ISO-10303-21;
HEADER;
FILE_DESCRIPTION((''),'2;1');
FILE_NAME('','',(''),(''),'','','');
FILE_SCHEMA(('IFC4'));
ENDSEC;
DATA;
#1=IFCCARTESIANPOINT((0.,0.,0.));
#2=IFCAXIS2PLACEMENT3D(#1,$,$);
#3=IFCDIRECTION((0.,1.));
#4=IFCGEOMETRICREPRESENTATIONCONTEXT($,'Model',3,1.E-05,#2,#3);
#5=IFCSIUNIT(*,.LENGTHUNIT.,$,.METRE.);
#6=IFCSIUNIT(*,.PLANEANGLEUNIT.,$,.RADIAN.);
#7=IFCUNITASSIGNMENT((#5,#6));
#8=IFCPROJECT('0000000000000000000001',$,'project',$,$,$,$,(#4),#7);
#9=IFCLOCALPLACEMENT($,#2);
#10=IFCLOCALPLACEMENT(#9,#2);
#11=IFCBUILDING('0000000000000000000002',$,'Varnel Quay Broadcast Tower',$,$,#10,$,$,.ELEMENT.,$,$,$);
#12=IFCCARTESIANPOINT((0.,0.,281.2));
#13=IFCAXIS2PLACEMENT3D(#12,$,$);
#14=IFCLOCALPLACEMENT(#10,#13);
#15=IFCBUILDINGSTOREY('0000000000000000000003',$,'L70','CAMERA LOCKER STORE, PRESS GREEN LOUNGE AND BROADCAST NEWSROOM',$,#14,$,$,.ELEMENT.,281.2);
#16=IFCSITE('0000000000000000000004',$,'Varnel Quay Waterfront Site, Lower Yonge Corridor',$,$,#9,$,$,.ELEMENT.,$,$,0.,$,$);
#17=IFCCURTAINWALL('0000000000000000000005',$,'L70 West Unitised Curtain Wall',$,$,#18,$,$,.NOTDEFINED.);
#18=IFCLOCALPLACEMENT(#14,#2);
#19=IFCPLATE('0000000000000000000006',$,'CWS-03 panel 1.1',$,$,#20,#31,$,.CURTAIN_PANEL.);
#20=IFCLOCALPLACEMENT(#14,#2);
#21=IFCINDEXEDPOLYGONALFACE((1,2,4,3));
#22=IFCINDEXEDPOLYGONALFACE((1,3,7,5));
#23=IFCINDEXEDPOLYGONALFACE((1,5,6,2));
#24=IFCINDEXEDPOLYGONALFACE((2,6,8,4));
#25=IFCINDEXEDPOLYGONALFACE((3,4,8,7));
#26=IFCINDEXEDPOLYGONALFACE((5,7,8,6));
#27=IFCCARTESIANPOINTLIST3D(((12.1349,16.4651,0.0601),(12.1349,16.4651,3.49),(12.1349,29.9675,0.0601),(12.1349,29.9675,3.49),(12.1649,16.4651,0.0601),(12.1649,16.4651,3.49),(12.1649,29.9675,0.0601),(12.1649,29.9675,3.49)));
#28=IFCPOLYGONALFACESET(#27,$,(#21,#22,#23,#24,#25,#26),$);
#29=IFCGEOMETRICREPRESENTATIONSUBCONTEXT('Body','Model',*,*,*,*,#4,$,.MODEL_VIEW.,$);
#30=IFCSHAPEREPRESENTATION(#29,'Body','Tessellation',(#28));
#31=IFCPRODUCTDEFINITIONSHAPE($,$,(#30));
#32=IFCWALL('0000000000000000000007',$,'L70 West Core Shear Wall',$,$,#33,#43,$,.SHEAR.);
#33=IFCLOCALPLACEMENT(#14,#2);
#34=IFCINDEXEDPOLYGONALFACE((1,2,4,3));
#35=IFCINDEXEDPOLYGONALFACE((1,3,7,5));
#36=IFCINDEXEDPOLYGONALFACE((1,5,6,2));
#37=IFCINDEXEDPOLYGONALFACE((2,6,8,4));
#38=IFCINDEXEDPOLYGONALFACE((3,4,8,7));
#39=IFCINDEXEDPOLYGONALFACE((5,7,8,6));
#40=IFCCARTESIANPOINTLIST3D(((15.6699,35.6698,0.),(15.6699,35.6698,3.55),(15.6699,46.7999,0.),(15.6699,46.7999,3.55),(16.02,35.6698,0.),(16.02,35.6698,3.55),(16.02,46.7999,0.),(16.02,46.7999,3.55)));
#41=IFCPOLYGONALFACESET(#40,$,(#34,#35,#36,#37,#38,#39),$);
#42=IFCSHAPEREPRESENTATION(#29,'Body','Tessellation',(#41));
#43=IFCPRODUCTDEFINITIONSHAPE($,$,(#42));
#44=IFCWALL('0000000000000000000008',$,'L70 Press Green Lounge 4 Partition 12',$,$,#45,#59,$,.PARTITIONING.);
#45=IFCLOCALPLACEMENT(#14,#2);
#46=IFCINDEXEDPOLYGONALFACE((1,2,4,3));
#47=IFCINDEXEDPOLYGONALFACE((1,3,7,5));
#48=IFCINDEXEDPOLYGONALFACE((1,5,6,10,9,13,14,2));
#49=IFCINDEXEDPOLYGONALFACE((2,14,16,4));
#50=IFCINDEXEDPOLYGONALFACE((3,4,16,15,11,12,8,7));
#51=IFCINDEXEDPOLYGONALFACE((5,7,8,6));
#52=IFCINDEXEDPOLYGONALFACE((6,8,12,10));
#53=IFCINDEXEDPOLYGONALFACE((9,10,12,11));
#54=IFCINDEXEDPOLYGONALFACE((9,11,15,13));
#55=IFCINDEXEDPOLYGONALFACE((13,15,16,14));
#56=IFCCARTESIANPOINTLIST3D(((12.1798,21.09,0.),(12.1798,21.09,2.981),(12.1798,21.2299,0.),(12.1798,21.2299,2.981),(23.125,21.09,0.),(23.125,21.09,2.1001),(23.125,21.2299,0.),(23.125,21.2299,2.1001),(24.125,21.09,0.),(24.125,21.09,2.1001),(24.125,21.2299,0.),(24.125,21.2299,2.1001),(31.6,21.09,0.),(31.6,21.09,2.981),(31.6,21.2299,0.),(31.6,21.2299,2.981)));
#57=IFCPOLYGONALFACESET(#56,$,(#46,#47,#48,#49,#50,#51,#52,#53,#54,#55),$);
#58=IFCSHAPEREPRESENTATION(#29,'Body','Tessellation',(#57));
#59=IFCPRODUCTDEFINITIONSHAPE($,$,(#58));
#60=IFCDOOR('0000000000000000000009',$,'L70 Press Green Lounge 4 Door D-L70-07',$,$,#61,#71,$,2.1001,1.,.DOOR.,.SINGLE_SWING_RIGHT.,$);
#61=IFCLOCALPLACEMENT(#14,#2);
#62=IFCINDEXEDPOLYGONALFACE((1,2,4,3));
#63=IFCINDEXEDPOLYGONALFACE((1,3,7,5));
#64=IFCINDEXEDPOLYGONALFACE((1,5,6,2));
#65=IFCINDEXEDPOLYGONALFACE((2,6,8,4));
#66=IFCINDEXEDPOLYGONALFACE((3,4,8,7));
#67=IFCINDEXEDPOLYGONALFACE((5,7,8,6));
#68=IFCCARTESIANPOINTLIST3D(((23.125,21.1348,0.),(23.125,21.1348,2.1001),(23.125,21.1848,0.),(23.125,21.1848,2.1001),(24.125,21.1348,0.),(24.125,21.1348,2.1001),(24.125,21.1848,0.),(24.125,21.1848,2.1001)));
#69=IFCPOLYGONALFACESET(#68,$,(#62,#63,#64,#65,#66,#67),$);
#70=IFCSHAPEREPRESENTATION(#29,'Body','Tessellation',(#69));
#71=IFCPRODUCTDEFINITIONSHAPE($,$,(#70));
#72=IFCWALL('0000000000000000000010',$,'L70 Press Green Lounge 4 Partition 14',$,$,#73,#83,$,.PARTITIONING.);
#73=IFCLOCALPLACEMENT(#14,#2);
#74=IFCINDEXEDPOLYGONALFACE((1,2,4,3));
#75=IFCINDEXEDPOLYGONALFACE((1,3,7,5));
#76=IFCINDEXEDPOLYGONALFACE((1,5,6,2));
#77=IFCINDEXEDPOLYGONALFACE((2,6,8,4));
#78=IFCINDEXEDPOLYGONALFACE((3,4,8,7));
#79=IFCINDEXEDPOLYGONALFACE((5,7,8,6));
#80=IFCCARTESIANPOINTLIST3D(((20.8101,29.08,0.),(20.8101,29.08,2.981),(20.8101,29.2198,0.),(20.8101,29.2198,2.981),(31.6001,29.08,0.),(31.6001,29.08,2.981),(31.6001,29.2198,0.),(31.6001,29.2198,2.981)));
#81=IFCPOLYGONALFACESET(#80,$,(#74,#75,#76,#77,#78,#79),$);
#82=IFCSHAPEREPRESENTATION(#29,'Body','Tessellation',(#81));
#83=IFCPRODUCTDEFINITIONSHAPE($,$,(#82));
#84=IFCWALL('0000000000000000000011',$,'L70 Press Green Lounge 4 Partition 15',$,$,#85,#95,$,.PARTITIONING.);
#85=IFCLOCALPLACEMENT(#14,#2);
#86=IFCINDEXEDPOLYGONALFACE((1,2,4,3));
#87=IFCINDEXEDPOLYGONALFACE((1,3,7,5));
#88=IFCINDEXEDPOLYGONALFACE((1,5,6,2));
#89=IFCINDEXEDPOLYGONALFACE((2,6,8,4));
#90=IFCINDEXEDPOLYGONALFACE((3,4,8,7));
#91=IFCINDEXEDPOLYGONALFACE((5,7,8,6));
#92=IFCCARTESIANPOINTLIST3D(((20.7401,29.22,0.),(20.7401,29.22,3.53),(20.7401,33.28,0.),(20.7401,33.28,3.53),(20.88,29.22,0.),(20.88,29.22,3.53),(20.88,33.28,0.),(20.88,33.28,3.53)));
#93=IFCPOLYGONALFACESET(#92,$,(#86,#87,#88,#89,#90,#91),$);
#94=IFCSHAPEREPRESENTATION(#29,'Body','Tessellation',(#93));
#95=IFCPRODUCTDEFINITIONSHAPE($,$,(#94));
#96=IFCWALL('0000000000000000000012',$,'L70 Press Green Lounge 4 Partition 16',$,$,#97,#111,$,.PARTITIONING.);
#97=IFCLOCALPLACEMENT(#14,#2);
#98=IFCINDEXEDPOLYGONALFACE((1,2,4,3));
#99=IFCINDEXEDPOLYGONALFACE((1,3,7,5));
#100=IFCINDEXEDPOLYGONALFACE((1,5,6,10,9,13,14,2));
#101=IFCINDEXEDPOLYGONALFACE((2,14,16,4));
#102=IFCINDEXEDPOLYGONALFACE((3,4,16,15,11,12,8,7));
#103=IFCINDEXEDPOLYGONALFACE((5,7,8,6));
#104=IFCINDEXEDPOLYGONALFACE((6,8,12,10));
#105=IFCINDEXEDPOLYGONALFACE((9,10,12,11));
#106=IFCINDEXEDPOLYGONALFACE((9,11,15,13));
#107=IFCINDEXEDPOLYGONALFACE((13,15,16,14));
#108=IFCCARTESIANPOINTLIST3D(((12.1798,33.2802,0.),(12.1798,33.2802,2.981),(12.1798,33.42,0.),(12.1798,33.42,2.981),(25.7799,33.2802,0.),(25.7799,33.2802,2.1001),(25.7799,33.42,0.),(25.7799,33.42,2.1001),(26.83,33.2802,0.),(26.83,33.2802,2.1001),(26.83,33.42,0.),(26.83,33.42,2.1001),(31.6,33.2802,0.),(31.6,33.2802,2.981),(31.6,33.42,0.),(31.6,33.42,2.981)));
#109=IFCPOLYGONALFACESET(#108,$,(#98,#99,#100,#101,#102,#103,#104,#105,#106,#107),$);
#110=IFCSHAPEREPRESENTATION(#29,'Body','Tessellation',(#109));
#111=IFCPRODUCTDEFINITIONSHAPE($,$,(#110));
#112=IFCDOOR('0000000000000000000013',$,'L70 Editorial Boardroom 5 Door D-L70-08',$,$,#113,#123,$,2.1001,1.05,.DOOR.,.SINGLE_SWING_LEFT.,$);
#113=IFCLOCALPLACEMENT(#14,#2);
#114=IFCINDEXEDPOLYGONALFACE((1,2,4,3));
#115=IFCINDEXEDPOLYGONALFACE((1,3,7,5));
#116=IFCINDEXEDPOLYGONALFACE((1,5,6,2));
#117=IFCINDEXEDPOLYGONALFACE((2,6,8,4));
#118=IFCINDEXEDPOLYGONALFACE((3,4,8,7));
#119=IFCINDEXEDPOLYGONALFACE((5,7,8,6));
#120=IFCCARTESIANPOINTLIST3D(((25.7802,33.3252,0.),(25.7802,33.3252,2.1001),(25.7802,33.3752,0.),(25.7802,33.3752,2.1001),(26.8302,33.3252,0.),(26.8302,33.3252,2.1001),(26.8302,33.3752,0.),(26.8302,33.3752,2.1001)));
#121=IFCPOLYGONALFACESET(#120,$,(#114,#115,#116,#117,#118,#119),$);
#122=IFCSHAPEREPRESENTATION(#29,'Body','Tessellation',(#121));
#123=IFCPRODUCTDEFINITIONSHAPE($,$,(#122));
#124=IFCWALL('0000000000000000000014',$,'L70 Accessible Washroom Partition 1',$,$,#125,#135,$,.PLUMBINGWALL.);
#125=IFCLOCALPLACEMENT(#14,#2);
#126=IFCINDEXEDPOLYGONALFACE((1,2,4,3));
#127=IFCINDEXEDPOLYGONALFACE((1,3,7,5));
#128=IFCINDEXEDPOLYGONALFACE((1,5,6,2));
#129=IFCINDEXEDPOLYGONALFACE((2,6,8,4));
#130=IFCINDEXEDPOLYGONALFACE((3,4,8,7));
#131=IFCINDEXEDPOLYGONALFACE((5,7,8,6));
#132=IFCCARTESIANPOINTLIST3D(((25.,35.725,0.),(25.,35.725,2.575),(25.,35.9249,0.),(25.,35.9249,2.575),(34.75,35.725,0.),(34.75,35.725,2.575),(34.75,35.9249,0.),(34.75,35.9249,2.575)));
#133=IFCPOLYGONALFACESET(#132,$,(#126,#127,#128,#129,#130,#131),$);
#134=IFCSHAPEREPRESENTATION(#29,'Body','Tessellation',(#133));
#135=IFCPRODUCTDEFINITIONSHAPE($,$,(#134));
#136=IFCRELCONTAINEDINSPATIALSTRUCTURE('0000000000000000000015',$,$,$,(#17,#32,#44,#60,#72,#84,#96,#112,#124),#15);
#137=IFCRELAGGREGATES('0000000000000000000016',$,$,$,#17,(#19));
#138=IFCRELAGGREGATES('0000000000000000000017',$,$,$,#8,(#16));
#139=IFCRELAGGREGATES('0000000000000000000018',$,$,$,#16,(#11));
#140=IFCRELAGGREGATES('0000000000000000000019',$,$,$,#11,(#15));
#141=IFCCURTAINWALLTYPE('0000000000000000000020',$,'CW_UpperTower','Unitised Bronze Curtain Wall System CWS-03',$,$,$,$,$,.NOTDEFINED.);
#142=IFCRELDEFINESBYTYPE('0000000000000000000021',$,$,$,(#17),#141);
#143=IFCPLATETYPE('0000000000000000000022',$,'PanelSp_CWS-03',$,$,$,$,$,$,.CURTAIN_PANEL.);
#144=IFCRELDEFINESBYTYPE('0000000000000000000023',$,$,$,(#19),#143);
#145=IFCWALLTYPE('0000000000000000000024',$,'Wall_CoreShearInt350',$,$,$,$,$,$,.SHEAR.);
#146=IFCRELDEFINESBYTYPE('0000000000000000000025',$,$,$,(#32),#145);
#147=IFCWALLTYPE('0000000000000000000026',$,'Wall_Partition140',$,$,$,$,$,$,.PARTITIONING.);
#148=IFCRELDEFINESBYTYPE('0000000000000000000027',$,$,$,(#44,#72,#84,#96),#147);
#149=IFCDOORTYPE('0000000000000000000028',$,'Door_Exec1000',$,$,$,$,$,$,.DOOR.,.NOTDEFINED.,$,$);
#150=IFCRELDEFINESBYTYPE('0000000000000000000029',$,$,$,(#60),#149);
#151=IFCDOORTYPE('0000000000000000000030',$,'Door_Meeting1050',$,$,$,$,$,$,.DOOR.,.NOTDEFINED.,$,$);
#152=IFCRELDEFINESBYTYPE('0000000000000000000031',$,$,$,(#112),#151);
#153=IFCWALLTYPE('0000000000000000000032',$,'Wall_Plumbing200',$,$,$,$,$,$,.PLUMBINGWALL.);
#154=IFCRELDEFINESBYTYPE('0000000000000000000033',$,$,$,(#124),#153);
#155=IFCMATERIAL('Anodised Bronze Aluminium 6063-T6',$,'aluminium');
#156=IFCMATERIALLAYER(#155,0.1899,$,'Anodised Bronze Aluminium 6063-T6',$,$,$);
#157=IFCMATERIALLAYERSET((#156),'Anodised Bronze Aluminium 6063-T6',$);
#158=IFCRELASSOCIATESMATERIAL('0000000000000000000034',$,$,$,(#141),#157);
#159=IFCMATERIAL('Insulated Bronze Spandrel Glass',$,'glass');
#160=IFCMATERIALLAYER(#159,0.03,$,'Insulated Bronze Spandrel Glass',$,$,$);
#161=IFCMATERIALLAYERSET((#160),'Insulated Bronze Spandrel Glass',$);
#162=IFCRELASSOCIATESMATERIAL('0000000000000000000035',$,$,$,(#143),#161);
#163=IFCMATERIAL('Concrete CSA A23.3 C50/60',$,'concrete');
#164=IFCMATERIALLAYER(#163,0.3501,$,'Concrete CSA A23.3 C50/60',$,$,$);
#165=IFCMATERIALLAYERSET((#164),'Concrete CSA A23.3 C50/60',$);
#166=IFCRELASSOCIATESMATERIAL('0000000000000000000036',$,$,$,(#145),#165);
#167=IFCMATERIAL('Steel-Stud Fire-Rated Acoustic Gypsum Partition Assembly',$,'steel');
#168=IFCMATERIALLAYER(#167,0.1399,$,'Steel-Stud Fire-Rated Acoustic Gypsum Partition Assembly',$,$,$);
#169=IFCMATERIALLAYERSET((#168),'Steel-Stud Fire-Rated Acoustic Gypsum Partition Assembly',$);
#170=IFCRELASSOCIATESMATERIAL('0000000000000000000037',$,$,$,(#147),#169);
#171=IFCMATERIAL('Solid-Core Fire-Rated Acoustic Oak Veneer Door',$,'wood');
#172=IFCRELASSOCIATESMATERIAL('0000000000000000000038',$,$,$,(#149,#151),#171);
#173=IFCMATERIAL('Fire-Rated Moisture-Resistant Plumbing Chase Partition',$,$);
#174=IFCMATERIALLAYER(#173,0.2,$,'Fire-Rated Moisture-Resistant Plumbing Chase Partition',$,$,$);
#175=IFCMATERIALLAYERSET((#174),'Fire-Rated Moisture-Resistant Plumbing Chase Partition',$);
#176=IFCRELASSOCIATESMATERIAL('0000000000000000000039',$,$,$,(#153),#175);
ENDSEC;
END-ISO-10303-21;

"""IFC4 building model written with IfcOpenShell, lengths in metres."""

from ifc_helpers import new_model, si_unit, direction, frame, frame_2d, origin, origin_2d, place, context, subcontext, project, spatial, rectangle, extrude, source, transform, mapped, material, layer, layer_set, type_object, type_shapes, element, fill, aggregate, save


model = new_model("IFC4")

# Units and contexts
model_context = context("Model", 3, precision=1e-05, world=origin(), true_north=direction((0.0, 1.0)))
body_context = subcontext(model_context, "Body", "Model", "MODEL_VIEW")
ifc_project = project(units=[si_unit("LENGTHUNIT", "METRE"), si_unit("PLANEANGLEUNIT", "RADIAN")], contexts=[model_context])

# Site, building, storey
site_placement = place(None, origin())
site = spatial("IfcSite", under=ifc_project, at=site_placement, Name="Varnel Quay Waterfront Site, Lower Yonge Corridor", CompositionType="ELEMENT", RefElevation=0.0)
building_placement = place(site_placement, origin())
building = spatial("IfcBuilding", under=site, at=building_placement, Name="Varnel Quay Broadcast Tower", CompositionType="ELEMENT")
storey_placement = place(building_placement, frame((0.0, 0.0, 281.2)))
storey = spatial("IfcBuildingStorey", under=building, at=storey_placement, Name="L70", Description="CAMERA LOCKER STORE, PRESS GREEN LOUNGE AND BROADCAST NEWSROOM", CompositionType="ELEMENT", Elevation=281.2)

# Shared definitions
ifc_material_1 = material(Name="Concrete CSA A23.3 C50/60", Category="concrete")

# Curtain wall
ifc_material_2 = material(Name="Anodised Bronze Aluminium 6063-T6", Category="aluminium")
ifc_layer_1 = layer(ifc_material_2, 0.1899, Name="Anodised Bronze Aluminium 6063-T6")
ifc_layer_set_1 = layer_set([ifc_layer_1], Name="Anodised Bronze Aluminium 6063-T6")
curtain_wall_type = type_object("IfcCurtainWallType", Name="CW_UpperTower", Description="Unitised Bronze Curtain Wall System CWS-03", PredefinedType="NOTDEFINED", material=ifc_layer_set_1)
curtain_wall_placement = place(storey_placement, origin())
curtain_wall = element("IfcCurtainWall", 1, at=curtain_wall_placement, inside=storey, type_object=curtain_wall_type, Name="L70 West Unitised Curtain Wall", PredefinedType="NOTDEFINED")

# Plate
ifc_material_3 = material(Name="Insulated Bronze Spandrel Glass", Category="glass")
ifc_layer_2 = layer(ifc_material_3, 0.03, Name="Insulated Bronze Spandrel Glass")
ifc_layer_set_2 = layer_set([ifc_layer_2], Name="Insulated Bronze Spandrel Glass")
plate_type_1 = type_object("IfcPlateType", Name="PanelSp_CWS-03", PredefinedType="CURTAIN_PANEL", material=ifc_layer_set_2)
shared_shape_1 = source(origin(), body_context, "Body", "SweptSolid", [
    extrude(rectangle(XDim=13.5024, YDim=0.03, at=origin_2d()), origin(), (0.0, 0.0, 1.0), 3.4299),
])
type_shapes(plate_type_1, [shared_shape_1])
plate_1_placement = place(storey_placement, frame((12.1499, 23.2163, 0.0601), z_axis=(0.0, 0.0, 1.0), x_axis=(0.0, 1.0, 0.0)))
plate_1 = element("IfcPlate", 2, at=plate_1_placement, type_object=plate_type_1, Name="CWS-03 panel 1.1", PredefinedType="CURTAIN_PANEL", context=body_context, shape_type="MappedRepresentation", body=[
    mapped(shared_shape_1, transform((0.0, 0.0, 0.0), x_axis=(1.0, 0.0, 0.0), y_axis=(0.0, 1.0, 0.0), z_axis=(0.0, 0.0, 1.0), scale=1.0)),
])
aggregate(curtain_wall, [plate_1])

# Wall
ifc_layer_3 = layer(ifc_material_1, 0.3501, Name="Concrete CSA A23.3 C50/60")
ifc_layer_set_3 = layer_set([ifc_layer_3], Name="Concrete CSA A23.3 C50/60")
wall_type_1 = type_object("IfcWallType", Name="Wall_CoreShearInt350", PredefinedType="SHEAR", material=ifc_layer_set_3)
wall_1_placement = place(storey_placement, frame((15.845, 35.6699, 0.0), z_axis=(0.0, 0.0, 1.0), x_axis=(0.0, 1.0, 0.0)))
element("IfcWall", 3, at=wall_1_placement, inside=storey, type_object=wall_type_1, Name="L70 West Core Shear Wall", PredefinedType="SHEAR", context=body_context, shape_type="SweptSolid", body=[
    extrude(rectangle(XDim=11.1301, YDim=0.3501, at=frame_2d((5.5649, 0.0))), origin(), (0.0, 0.0, 1.0), 3.55),
])

# Wall, opening, door
ifc_material_4 = material(Name="Steel-Stud Fire-Rated Acoustic Gypsum Partition Assembly", Category="steel")
ifc_layer_4 = layer(ifc_material_4, 0.1399, Name="Steel-Stud Fire-Rated Acoustic Gypsum Partition Assembly")
ifc_layer_set_4 = layer_set([ifc_layer_4], Name="Steel-Stud Fire-Rated Acoustic Gypsum Partition Assembly")
wall_type_2 = type_object("IfcWallType", Name="Wall_Partition140", PredefinedType="PARTITIONING", material=ifc_layer_set_4)
wall_2_placement = place(storey_placement, frame((12.1799, 21.1599, 0.0), z_axis=(0.0, 0.0, 1.0), x_axis=(1.0, 0.0, 0.0)))
wall_2 = element("IfcWall", 4, at=wall_2_placement, inside=storey, type_object=wall_type_2, Name="L70 Press Green Lounge 4 Partition 12", PredefinedType="PARTITIONING", context=body_context, shape_type="SweptSolid", body=[
    extrude(rectangle(XDim=19.4202, YDim=0.1399, at=frame_2d((9.71, 0.0))), origin(), (0.0, 0.0, 1.0), 2.981),
])
opening_1_placement = place(wall_2_placement, frame((10.9451, 0.0, 0.0)))
opening_1 = element("IfcOpeningElement", 5, at=opening_1_placement, cuts=wall_2, PredefinedType="OPENING", context=body_context, shape_type="SweptSolid", body=[
    extrude(rectangle(XDim=1.0, YDim=2.1001, at=frame_2d((0.5, 1.05))), frame((0.0, 0.0801, 0.0), z_axis=(0.0, -1.0, 0.0), x_axis=(1.0, 0.0, 0.0)), (0.0, 0.0, 1.0), 0.1599),
])
ifc_material_5 = material(Name="Solid-Core Fire-Rated Acoustic Oak Veneer Door", Category="wood")
door_type_1 = type_object("IfcDoorType", Name="Door_Exec1000", OperationType="NOTDEFINED", PredefinedType="DOOR", material=ifc_material_5)
shared_shape_2 = source(origin(), body_context, "Body", "SweptSolid", [
    extrude(rectangle(XDim=1.0, YDim=2.1001, at=frame_2d((0.5, 1.05))), frame((0.0, 0.0249, 0.0), z_axis=(0.0, -1.0, 0.0), x_axis=(1.0, 0.0, 0.0)), (0.0, 0.0, 1.0), 0.05),
])
type_shapes(door_type_1, [shared_shape_2])
door_1_placement = place(opening_1_placement, origin())
door_1 = element("IfcDoor", 6, at=door_1_placement, inside=storey, type_object=door_type_1, Name="L70 Press Green Lounge 4 Door D-L70-07", OperationType="SINGLE_SWING_RIGHT", OverallHeight=2.1001, OverallWidth=1.0, PredefinedType="DOOR", context=body_context, shape_type="MappedRepresentation", body=[
    mapped(shared_shape_2, transform((0.0, 0.0, 0.0), x_axis=(1.0, 0.0, 0.0), y_axis=(0.0, 1.0, 0.0), z_axis=(0.0, 0.0, 1.0), scale=1.0)),
])
fill(opening_1, door_1)

# Walls
wall_3_placement = place(storey_placement, frame((20.8101, 29.1499, 0.0), z_axis=(0.0, 0.0, 1.0), x_axis=(1.0, 0.0, 0.0)))
element("IfcWall", 7, at=wall_3_placement, inside=storey, type_object=wall_type_2, Name="L70 Press Green Lounge 4 Partition 14", PredefinedType="PARTITIONING", context=body_context, shape_type="SweptSolid", body=[
    extrude(rectangle(XDim=10.79, YDim=0.1399, at=frame_2d((5.395, 0.0))), origin(), (0.0, 0.0, 1.0), 2.981),
])
wall_4_placement = place(storey_placement, frame((20.8101, 29.22, 0.0), z_axis=(0.0, 0.0, 1.0), x_axis=(0.0, 1.0, 0.0)))
element("IfcWall", 8, at=wall_4_placement, inside=storey, type_object=wall_type_2, Name="L70 Press Green Lounge 4 Partition 15", PredefinedType="PARTITIONING", context=body_context, shape_type="SweptSolid", body=[
    extrude(rectangle(XDim=4.0601, YDim=0.1399, at=frame_2d((2.03, 0.0))), origin(), (0.0, 0.0, 1.0), 3.53),
])

# Wall, opening, door
wall_5_placement = place(storey_placement, frame((12.1799, 33.3501, 0.0), z_axis=(0.0, 0.0, 1.0), x_axis=(1.0, 0.0, 0.0)))
wall_5 = element("IfcWall", 9, at=wall_5_placement, inside=storey, type_object=wall_type_2, Name="L70 Press Green Lounge 4 Partition 16", PredefinedType="PARTITIONING", context=body_context, shape_type="SweptSolid", body=[
    extrude(rectangle(XDim=19.4202, YDim=0.1399, at=frame_2d((9.71, 0.0))), origin(), (0.0, 0.0, 1.0), 2.981),
])
opening_2_placement = place(wall_5_placement, frame((13.6001, 0.0, 0.0)))
opening_2 = element("IfcOpeningElement", 10, at=opening_2_placement, cuts=wall_5, PredefinedType="OPENING", context=body_context, shape_type="SweptSolid", body=[
    extrude(rectangle(XDim=1.05, YDim=2.1001, at=frame_2d((0.5249, 1.05))), frame((0.0, 0.0801, 0.0), z_axis=(0.0, -1.0, 0.0), x_axis=(1.0, 0.0, 0.0)), (0.0, 0.0, 1.0), 0.1599),
])
door_type_2 = type_object("IfcDoorType", Name="Door_Meeting1050", OperationType="NOTDEFINED", PredefinedType="DOOR", material=ifc_material_5)
shared_shape_3 = source(origin(), body_context, "Body", "SweptSolid", [
    extrude(rectangle(XDim=1.05, YDim=2.1001, at=frame_2d((0.5249, 1.05))), frame((0.0, 0.0249, 0.0), z_axis=(0.0, -1.0, 0.0), x_axis=(1.0, 0.0, 0.0)), (0.0, 0.0, 1.0), 0.05),
])
type_shapes(door_type_2, [shared_shape_3])
door_2_placement = place(opening_2_placement, frame((1.05, 0.0, 0.0), z_axis=(0.0, 0.0, 1.0), x_axis=(-1.0, 0.0, 0.0)))
door_2 = element("IfcDoor", 11, at=door_2_placement, inside=storey, type_object=door_type_2, Name="L70 Editorial Boardroom 5 Door D-L70-08", OperationType="SINGLE_SWING_LEFT", OverallHeight=2.1001, OverallWidth=1.05, PredefinedType="DOOR", context=body_context, shape_type="MappedRepresentation", body=[
    mapped(shared_shape_3, transform((0.0, 0.0, 0.0), x_axis=(1.0, 0.0, 0.0), y_axis=(0.0, 1.0, 0.0), z_axis=(0.0, 0.0, 1.0), scale=1.0)),
])
fill(opening_2, door_2)

# Wall
ifc_material_6 = material(Name="Fire-Rated Moisture-Resistant Plumbing Chase Partition")
ifc_layer_5 = layer(ifc_material_6, 0.2, Name="Fire-Rated Moisture-Resistant Plumbing Chase Partition")
ifc_layer_set_5 = layer_set([ifc_layer_5], Name="Fire-Rated Moisture-Resistant Plumbing Chase Partition")
wall_type_3 = type_object("IfcWallType", Name="Wall_Plumbing200", PredefinedType="PLUMBINGWALL", material=ifc_layer_set_5)
wall_6_placement = place(storey_placement, frame((25.0, 35.825, 0.0), z_axis=(0.0, 0.0, 1.0), x_axis=(1.0, 0.0, 0.0)))
element("IfcWall", 12, at=wall_6_placement, inside=storey, type_object=wall_type_3, Name="L70 Accessible Washroom Partition 1", PredefinedType="PLUMBINGWALL", context=body_context, shape_type="SweptSolid", body=[
    extrude(rectangle(XDim=9.75, YDim=0.2, at=frame_2d((4.875, 0.0))), origin(), (0.0, 0.0, 1.0), 2.575),
])

save(model, "model.ifc")
